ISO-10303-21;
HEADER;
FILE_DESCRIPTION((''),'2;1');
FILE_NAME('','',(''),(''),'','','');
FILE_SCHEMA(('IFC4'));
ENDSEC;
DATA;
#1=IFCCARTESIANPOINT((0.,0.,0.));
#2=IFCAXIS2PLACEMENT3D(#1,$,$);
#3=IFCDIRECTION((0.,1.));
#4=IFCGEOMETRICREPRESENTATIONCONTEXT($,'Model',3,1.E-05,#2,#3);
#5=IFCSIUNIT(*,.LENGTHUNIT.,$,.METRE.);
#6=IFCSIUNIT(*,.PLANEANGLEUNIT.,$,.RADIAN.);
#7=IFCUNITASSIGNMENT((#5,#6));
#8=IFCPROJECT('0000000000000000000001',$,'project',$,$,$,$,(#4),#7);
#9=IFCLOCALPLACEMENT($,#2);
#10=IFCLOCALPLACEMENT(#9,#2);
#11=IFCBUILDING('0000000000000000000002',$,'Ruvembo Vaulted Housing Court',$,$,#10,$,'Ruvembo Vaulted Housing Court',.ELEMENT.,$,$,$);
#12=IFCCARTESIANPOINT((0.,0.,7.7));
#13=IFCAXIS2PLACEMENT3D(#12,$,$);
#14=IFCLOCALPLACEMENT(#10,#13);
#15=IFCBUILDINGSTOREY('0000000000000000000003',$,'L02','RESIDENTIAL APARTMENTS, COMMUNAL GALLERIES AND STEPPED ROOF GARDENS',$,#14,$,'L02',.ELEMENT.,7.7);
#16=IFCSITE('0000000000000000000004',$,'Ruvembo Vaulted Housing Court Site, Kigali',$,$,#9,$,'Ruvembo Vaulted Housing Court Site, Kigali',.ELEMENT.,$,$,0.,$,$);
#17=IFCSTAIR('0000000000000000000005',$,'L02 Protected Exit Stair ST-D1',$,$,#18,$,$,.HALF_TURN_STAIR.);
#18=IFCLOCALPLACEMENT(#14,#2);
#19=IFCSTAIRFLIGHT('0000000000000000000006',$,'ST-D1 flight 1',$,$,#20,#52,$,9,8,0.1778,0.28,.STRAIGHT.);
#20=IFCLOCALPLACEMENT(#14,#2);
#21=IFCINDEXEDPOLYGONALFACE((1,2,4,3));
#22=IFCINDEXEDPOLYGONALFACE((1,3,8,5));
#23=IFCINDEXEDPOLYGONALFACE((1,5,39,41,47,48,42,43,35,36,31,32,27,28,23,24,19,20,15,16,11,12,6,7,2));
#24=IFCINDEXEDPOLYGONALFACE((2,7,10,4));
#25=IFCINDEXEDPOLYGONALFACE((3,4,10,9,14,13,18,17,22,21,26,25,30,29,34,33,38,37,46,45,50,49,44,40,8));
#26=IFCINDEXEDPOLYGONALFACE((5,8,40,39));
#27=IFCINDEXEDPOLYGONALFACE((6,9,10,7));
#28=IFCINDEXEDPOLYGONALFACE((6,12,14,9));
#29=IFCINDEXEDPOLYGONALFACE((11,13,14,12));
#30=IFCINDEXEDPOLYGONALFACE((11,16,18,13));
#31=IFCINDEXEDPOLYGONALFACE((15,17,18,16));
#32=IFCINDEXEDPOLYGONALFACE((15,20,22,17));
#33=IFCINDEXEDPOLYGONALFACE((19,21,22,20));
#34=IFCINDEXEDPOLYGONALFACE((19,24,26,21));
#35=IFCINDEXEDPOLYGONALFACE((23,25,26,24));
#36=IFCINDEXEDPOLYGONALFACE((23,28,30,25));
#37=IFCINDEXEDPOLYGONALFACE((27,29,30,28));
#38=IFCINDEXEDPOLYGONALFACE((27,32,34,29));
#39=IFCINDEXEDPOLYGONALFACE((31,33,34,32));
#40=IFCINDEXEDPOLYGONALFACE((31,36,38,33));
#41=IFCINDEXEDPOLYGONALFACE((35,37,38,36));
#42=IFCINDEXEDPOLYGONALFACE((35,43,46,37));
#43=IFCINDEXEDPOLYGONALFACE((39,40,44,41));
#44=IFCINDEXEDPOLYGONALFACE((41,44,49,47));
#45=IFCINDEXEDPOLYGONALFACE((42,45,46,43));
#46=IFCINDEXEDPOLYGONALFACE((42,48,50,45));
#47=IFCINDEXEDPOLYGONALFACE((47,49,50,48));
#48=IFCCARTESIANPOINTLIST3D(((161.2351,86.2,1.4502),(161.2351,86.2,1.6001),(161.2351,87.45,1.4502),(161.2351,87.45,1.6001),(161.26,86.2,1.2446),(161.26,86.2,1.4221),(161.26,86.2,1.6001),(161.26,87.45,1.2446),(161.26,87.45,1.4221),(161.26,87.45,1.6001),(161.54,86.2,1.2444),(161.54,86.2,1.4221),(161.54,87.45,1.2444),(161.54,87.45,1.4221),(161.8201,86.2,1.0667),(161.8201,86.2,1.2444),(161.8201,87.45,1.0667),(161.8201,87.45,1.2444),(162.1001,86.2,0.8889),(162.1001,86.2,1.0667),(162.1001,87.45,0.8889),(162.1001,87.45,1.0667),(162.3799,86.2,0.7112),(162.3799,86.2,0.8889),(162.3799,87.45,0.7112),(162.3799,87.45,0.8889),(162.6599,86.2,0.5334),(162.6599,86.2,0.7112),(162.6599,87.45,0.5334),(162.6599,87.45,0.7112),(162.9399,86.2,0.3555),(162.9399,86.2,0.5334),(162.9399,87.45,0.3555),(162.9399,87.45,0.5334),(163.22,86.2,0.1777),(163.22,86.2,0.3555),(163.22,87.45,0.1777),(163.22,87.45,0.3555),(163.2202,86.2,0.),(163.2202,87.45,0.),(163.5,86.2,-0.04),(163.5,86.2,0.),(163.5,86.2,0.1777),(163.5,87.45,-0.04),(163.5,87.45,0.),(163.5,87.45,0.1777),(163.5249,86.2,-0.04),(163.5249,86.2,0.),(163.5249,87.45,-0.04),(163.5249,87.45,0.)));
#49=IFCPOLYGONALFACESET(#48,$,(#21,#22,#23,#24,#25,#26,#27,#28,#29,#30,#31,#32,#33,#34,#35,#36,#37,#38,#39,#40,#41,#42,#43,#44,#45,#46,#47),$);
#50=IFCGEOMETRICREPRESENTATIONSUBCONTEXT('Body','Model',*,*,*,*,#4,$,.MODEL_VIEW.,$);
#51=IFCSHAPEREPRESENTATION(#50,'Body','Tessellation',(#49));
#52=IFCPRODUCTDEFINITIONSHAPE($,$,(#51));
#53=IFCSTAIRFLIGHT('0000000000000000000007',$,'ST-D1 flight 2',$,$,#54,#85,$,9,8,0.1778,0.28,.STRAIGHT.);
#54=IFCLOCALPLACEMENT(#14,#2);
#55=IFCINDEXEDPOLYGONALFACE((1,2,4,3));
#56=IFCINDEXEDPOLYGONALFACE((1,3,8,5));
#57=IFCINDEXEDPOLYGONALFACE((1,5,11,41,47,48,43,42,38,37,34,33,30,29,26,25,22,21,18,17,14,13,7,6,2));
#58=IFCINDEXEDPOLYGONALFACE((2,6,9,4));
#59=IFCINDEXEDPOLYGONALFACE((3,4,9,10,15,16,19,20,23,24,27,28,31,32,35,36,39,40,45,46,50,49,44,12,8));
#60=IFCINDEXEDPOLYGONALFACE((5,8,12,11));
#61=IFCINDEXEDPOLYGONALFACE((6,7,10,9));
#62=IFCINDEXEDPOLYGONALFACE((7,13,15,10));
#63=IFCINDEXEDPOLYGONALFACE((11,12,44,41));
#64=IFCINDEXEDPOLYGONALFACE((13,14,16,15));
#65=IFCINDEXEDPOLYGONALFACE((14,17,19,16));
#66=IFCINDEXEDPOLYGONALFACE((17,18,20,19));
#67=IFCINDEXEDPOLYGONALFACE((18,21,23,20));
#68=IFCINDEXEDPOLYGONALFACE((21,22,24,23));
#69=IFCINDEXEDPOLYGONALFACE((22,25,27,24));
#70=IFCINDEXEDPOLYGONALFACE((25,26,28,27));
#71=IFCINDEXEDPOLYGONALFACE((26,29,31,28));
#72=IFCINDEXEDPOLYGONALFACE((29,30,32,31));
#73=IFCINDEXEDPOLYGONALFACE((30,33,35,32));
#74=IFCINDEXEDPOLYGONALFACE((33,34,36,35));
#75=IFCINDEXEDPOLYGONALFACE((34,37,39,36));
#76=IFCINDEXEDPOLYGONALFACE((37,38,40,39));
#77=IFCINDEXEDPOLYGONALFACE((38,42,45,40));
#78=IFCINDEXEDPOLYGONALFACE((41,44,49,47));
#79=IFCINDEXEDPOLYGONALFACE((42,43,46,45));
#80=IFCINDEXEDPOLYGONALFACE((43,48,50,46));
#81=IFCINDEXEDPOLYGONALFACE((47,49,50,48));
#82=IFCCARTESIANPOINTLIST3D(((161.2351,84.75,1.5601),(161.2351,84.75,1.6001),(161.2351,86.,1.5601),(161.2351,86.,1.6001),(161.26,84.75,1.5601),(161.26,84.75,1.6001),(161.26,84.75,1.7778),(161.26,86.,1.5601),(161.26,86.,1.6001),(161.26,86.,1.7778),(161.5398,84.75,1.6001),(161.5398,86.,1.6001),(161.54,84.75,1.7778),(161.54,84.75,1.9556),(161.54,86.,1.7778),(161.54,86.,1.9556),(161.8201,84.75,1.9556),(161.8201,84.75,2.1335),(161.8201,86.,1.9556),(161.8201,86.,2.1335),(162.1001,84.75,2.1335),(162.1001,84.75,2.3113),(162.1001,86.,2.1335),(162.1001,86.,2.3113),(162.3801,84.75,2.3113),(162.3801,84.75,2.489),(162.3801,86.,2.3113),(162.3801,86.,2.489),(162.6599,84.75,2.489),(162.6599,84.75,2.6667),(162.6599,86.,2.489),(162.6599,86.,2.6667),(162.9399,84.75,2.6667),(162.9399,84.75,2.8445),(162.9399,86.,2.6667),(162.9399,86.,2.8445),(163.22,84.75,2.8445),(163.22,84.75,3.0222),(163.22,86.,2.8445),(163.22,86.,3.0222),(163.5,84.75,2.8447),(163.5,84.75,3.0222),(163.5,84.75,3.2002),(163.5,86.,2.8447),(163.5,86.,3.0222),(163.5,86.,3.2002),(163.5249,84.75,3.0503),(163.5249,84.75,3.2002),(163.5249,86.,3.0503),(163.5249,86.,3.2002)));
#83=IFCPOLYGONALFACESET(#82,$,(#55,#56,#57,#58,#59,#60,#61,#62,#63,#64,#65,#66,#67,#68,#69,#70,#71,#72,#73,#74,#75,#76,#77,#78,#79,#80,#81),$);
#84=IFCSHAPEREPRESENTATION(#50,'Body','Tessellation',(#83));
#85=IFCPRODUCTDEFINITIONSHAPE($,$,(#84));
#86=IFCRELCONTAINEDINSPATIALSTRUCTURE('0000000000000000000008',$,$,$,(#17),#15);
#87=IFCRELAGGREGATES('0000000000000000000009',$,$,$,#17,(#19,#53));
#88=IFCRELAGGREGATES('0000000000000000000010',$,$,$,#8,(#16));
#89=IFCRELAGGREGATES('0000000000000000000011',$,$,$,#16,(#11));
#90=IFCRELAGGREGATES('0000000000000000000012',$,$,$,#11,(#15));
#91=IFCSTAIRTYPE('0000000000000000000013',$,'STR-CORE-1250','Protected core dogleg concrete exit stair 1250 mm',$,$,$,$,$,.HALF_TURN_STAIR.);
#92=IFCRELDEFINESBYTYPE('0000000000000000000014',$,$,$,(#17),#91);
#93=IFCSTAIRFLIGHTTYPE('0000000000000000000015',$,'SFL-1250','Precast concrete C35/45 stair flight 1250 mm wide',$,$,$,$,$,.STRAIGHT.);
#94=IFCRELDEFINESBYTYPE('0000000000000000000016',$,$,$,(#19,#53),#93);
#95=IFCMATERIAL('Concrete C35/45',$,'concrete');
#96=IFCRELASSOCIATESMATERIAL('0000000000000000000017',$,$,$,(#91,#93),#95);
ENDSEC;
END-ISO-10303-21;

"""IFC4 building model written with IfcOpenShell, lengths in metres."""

from ifc_helpers import new_model, si_unit, direction, frame, origin, place, context, subcontext, project, spatial, polyline, outline, extrude, material, type_object, element, aggregate, save


model = new_model("IFC4")

# Units and contexts
model_context = context("Model", 3, precision=1e-05, world=origin(), true_north=direction((0.0, 1.0)))
body_context = subcontext(model_context, "Body", "Model", "MODEL_VIEW")
ifc_project = project(units=[si_unit("LENGTHUNIT", "METRE"), si_unit("PLANEANGLEUNIT", "RADIAN")], contexts=[model_context])

# Site, building, storey
site_placement = place(None, origin())
site = spatial("IfcSite", under=ifc_project, at=site_placement, Name="Ruvembo Vaulted Housing Court Site, Kigali", LongName="Ruvembo Vaulted Housing Court Site, Kigali", CompositionType="ELEMENT", RefElevation=0.0)
building_placement = place(site_placement, origin())
building = spatial("IfcBuilding", under=site, at=building_placement, Name="Ruvembo Vaulted Housing Court", LongName="Ruvembo Vaulted Housing Court", CompositionType="ELEMENT")
storey_placement = place(building_placement, frame((0.0, 0.0, 7.7)))
storey = spatial("IfcBuildingStorey", under=building, at=storey_placement, Name="L02", Description="RESIDENTIAL APARTMENTS, COMMUNAL GALLERIES AND STEPPED ROOF GARDENS", LongName="L02", CompositionType="ELEMENT", Elevation=7.7)

# Shared definitions
ifc_material_1 = material(Name="Concrete C35/45", Category="concrete")

# Stair, stair flights
stair_type = type_object("IfcStairType", Name="STR-CORE-1250", Description="Protected core dogleg concrete exit stair 1250 mm", PredefinedType="HALF_TURN_STAIR", material=ifc_material_1)
stair_placement = place(storey_placement, origin())
stair = element("IfcStair", 1, at=stair_placement, inside=storey, type_object=stair_type, Name="L02 Protected Exit Stair ST-D1", PredefinedType="HALF_TURN_STAIR")
stair_flight_type = type_object("IfcStairFlightType", Name="SFL-1250", Description="Precast concrete C35/45 stair flight 1250 mm wide", PredefinedType="STRAIGHT", material=ifc_material_1)
stair_flight_1_placement = place(storey_placement, frame((163.5, 86.825, 0.0), z_axis=(0.0, 0.0, 1.0), x_axis=(-1.0, 0.0, 0.0)))
stair_flight_1 = element("IfcStairFlight", 2, at=stair_flight_1_placement, type_object=stair_flight_type, Name="ST-D1 flight 1", NumberOfRisers=9, NumberOfTreads=8, PredefinedType="STRAIGHT", RiserHeight=0.1778, TreadLength=0.28, context=body_context, shape_type="SweptSolid", body=[
    extrude(outline(polyline([(-0.0249, -0.04), (-0.0249, 0.0), (0.0, 0.0), (0.0, 0.1777), (0.28, 0.1777), (0.28, 0.3555), (0.5601, 0.3555), (0.5601, 0.5334), (0.8401, 0.5334), (0.8401, 0.7112), (1.1201, 0.7112), (1.1201, 0.8889), (1.3999, 0.8889), (1.3999, 1.0667), (1.6799, 1.0667), (1.6799, 1.2444), (1.96, 1.2444), (1.96, 1.4221), (2.24, 1.4221), (2.24, 1.6001), (2.2649, 1.6001), (2.2649, 1.4502), (2.24, 1.2446), (0.2798, 0.0), (0.0, -0.04), (-0.0249, -0.04)])), frame((0.0, 0.625, 0.0), z_axis=(0.0, -1.0, 0.0), x_axis=(1.0, 0.0, 0.0)), (0.0, 0.0, 1.0), 1.25),
])
stair_flight_2_placement = place(storey_placement, frame((161.26, 85.375, 1.6001), z_axis=(0.0, 0.0, 1.0), x_axis=(1.0, 0.0, 0.0)))
stair_flight_2 = element("IfcStairFlight", 3, at=stair_flight_2_placement, type_object=stair_flight_type, Name="ST-D1 flight 2", NumberOfRisers=9, NumberOfTreads=8, PredefinedType="STRAIGHT", RiserHeight=0.1778, TreadLength=0.28, context=body_context, shape_type="SweptSolid", body=[
    extrude(outline(polyline([(-0.0249, -0.04), (-0.0249, 0.0), (0.0, 0.0), (0.0, 0.1777), (0.28, 0.1777), (0.28, 0.3555), (0.5601, 0.3555), (0.5601, 0.5334), (0.8401, 0.5334), (0.8401, 0.7112), (1.1201, 0.7112), (1.1201, 0.8889), (1.3999, 0.8889), (1.3999, 1.0667), (1.6799, 1.0667), (1.6799, 1.2444), (1.96, 1.2444), (1.96, 1.4221), (2.24, 1.4221), (2.24, 1.6001), (2.2649, 1.6001), (2.2649, 1.4502), (2.24, 1.2446), (0.2798, 0.0), (0.0, -0.04), (-0.0249, -0.04)])), frame((0.0, 0.625, 0.0), z_axis=(0.0, -1.0, 0.0), x_axis=(1.0, 0.0, 0.0)), (0.0, 0.0, 1.0), 1.25),
])
aggregate(stair, [stair_flight_1, stair_flight_2])

save(model, "model.ifc")
